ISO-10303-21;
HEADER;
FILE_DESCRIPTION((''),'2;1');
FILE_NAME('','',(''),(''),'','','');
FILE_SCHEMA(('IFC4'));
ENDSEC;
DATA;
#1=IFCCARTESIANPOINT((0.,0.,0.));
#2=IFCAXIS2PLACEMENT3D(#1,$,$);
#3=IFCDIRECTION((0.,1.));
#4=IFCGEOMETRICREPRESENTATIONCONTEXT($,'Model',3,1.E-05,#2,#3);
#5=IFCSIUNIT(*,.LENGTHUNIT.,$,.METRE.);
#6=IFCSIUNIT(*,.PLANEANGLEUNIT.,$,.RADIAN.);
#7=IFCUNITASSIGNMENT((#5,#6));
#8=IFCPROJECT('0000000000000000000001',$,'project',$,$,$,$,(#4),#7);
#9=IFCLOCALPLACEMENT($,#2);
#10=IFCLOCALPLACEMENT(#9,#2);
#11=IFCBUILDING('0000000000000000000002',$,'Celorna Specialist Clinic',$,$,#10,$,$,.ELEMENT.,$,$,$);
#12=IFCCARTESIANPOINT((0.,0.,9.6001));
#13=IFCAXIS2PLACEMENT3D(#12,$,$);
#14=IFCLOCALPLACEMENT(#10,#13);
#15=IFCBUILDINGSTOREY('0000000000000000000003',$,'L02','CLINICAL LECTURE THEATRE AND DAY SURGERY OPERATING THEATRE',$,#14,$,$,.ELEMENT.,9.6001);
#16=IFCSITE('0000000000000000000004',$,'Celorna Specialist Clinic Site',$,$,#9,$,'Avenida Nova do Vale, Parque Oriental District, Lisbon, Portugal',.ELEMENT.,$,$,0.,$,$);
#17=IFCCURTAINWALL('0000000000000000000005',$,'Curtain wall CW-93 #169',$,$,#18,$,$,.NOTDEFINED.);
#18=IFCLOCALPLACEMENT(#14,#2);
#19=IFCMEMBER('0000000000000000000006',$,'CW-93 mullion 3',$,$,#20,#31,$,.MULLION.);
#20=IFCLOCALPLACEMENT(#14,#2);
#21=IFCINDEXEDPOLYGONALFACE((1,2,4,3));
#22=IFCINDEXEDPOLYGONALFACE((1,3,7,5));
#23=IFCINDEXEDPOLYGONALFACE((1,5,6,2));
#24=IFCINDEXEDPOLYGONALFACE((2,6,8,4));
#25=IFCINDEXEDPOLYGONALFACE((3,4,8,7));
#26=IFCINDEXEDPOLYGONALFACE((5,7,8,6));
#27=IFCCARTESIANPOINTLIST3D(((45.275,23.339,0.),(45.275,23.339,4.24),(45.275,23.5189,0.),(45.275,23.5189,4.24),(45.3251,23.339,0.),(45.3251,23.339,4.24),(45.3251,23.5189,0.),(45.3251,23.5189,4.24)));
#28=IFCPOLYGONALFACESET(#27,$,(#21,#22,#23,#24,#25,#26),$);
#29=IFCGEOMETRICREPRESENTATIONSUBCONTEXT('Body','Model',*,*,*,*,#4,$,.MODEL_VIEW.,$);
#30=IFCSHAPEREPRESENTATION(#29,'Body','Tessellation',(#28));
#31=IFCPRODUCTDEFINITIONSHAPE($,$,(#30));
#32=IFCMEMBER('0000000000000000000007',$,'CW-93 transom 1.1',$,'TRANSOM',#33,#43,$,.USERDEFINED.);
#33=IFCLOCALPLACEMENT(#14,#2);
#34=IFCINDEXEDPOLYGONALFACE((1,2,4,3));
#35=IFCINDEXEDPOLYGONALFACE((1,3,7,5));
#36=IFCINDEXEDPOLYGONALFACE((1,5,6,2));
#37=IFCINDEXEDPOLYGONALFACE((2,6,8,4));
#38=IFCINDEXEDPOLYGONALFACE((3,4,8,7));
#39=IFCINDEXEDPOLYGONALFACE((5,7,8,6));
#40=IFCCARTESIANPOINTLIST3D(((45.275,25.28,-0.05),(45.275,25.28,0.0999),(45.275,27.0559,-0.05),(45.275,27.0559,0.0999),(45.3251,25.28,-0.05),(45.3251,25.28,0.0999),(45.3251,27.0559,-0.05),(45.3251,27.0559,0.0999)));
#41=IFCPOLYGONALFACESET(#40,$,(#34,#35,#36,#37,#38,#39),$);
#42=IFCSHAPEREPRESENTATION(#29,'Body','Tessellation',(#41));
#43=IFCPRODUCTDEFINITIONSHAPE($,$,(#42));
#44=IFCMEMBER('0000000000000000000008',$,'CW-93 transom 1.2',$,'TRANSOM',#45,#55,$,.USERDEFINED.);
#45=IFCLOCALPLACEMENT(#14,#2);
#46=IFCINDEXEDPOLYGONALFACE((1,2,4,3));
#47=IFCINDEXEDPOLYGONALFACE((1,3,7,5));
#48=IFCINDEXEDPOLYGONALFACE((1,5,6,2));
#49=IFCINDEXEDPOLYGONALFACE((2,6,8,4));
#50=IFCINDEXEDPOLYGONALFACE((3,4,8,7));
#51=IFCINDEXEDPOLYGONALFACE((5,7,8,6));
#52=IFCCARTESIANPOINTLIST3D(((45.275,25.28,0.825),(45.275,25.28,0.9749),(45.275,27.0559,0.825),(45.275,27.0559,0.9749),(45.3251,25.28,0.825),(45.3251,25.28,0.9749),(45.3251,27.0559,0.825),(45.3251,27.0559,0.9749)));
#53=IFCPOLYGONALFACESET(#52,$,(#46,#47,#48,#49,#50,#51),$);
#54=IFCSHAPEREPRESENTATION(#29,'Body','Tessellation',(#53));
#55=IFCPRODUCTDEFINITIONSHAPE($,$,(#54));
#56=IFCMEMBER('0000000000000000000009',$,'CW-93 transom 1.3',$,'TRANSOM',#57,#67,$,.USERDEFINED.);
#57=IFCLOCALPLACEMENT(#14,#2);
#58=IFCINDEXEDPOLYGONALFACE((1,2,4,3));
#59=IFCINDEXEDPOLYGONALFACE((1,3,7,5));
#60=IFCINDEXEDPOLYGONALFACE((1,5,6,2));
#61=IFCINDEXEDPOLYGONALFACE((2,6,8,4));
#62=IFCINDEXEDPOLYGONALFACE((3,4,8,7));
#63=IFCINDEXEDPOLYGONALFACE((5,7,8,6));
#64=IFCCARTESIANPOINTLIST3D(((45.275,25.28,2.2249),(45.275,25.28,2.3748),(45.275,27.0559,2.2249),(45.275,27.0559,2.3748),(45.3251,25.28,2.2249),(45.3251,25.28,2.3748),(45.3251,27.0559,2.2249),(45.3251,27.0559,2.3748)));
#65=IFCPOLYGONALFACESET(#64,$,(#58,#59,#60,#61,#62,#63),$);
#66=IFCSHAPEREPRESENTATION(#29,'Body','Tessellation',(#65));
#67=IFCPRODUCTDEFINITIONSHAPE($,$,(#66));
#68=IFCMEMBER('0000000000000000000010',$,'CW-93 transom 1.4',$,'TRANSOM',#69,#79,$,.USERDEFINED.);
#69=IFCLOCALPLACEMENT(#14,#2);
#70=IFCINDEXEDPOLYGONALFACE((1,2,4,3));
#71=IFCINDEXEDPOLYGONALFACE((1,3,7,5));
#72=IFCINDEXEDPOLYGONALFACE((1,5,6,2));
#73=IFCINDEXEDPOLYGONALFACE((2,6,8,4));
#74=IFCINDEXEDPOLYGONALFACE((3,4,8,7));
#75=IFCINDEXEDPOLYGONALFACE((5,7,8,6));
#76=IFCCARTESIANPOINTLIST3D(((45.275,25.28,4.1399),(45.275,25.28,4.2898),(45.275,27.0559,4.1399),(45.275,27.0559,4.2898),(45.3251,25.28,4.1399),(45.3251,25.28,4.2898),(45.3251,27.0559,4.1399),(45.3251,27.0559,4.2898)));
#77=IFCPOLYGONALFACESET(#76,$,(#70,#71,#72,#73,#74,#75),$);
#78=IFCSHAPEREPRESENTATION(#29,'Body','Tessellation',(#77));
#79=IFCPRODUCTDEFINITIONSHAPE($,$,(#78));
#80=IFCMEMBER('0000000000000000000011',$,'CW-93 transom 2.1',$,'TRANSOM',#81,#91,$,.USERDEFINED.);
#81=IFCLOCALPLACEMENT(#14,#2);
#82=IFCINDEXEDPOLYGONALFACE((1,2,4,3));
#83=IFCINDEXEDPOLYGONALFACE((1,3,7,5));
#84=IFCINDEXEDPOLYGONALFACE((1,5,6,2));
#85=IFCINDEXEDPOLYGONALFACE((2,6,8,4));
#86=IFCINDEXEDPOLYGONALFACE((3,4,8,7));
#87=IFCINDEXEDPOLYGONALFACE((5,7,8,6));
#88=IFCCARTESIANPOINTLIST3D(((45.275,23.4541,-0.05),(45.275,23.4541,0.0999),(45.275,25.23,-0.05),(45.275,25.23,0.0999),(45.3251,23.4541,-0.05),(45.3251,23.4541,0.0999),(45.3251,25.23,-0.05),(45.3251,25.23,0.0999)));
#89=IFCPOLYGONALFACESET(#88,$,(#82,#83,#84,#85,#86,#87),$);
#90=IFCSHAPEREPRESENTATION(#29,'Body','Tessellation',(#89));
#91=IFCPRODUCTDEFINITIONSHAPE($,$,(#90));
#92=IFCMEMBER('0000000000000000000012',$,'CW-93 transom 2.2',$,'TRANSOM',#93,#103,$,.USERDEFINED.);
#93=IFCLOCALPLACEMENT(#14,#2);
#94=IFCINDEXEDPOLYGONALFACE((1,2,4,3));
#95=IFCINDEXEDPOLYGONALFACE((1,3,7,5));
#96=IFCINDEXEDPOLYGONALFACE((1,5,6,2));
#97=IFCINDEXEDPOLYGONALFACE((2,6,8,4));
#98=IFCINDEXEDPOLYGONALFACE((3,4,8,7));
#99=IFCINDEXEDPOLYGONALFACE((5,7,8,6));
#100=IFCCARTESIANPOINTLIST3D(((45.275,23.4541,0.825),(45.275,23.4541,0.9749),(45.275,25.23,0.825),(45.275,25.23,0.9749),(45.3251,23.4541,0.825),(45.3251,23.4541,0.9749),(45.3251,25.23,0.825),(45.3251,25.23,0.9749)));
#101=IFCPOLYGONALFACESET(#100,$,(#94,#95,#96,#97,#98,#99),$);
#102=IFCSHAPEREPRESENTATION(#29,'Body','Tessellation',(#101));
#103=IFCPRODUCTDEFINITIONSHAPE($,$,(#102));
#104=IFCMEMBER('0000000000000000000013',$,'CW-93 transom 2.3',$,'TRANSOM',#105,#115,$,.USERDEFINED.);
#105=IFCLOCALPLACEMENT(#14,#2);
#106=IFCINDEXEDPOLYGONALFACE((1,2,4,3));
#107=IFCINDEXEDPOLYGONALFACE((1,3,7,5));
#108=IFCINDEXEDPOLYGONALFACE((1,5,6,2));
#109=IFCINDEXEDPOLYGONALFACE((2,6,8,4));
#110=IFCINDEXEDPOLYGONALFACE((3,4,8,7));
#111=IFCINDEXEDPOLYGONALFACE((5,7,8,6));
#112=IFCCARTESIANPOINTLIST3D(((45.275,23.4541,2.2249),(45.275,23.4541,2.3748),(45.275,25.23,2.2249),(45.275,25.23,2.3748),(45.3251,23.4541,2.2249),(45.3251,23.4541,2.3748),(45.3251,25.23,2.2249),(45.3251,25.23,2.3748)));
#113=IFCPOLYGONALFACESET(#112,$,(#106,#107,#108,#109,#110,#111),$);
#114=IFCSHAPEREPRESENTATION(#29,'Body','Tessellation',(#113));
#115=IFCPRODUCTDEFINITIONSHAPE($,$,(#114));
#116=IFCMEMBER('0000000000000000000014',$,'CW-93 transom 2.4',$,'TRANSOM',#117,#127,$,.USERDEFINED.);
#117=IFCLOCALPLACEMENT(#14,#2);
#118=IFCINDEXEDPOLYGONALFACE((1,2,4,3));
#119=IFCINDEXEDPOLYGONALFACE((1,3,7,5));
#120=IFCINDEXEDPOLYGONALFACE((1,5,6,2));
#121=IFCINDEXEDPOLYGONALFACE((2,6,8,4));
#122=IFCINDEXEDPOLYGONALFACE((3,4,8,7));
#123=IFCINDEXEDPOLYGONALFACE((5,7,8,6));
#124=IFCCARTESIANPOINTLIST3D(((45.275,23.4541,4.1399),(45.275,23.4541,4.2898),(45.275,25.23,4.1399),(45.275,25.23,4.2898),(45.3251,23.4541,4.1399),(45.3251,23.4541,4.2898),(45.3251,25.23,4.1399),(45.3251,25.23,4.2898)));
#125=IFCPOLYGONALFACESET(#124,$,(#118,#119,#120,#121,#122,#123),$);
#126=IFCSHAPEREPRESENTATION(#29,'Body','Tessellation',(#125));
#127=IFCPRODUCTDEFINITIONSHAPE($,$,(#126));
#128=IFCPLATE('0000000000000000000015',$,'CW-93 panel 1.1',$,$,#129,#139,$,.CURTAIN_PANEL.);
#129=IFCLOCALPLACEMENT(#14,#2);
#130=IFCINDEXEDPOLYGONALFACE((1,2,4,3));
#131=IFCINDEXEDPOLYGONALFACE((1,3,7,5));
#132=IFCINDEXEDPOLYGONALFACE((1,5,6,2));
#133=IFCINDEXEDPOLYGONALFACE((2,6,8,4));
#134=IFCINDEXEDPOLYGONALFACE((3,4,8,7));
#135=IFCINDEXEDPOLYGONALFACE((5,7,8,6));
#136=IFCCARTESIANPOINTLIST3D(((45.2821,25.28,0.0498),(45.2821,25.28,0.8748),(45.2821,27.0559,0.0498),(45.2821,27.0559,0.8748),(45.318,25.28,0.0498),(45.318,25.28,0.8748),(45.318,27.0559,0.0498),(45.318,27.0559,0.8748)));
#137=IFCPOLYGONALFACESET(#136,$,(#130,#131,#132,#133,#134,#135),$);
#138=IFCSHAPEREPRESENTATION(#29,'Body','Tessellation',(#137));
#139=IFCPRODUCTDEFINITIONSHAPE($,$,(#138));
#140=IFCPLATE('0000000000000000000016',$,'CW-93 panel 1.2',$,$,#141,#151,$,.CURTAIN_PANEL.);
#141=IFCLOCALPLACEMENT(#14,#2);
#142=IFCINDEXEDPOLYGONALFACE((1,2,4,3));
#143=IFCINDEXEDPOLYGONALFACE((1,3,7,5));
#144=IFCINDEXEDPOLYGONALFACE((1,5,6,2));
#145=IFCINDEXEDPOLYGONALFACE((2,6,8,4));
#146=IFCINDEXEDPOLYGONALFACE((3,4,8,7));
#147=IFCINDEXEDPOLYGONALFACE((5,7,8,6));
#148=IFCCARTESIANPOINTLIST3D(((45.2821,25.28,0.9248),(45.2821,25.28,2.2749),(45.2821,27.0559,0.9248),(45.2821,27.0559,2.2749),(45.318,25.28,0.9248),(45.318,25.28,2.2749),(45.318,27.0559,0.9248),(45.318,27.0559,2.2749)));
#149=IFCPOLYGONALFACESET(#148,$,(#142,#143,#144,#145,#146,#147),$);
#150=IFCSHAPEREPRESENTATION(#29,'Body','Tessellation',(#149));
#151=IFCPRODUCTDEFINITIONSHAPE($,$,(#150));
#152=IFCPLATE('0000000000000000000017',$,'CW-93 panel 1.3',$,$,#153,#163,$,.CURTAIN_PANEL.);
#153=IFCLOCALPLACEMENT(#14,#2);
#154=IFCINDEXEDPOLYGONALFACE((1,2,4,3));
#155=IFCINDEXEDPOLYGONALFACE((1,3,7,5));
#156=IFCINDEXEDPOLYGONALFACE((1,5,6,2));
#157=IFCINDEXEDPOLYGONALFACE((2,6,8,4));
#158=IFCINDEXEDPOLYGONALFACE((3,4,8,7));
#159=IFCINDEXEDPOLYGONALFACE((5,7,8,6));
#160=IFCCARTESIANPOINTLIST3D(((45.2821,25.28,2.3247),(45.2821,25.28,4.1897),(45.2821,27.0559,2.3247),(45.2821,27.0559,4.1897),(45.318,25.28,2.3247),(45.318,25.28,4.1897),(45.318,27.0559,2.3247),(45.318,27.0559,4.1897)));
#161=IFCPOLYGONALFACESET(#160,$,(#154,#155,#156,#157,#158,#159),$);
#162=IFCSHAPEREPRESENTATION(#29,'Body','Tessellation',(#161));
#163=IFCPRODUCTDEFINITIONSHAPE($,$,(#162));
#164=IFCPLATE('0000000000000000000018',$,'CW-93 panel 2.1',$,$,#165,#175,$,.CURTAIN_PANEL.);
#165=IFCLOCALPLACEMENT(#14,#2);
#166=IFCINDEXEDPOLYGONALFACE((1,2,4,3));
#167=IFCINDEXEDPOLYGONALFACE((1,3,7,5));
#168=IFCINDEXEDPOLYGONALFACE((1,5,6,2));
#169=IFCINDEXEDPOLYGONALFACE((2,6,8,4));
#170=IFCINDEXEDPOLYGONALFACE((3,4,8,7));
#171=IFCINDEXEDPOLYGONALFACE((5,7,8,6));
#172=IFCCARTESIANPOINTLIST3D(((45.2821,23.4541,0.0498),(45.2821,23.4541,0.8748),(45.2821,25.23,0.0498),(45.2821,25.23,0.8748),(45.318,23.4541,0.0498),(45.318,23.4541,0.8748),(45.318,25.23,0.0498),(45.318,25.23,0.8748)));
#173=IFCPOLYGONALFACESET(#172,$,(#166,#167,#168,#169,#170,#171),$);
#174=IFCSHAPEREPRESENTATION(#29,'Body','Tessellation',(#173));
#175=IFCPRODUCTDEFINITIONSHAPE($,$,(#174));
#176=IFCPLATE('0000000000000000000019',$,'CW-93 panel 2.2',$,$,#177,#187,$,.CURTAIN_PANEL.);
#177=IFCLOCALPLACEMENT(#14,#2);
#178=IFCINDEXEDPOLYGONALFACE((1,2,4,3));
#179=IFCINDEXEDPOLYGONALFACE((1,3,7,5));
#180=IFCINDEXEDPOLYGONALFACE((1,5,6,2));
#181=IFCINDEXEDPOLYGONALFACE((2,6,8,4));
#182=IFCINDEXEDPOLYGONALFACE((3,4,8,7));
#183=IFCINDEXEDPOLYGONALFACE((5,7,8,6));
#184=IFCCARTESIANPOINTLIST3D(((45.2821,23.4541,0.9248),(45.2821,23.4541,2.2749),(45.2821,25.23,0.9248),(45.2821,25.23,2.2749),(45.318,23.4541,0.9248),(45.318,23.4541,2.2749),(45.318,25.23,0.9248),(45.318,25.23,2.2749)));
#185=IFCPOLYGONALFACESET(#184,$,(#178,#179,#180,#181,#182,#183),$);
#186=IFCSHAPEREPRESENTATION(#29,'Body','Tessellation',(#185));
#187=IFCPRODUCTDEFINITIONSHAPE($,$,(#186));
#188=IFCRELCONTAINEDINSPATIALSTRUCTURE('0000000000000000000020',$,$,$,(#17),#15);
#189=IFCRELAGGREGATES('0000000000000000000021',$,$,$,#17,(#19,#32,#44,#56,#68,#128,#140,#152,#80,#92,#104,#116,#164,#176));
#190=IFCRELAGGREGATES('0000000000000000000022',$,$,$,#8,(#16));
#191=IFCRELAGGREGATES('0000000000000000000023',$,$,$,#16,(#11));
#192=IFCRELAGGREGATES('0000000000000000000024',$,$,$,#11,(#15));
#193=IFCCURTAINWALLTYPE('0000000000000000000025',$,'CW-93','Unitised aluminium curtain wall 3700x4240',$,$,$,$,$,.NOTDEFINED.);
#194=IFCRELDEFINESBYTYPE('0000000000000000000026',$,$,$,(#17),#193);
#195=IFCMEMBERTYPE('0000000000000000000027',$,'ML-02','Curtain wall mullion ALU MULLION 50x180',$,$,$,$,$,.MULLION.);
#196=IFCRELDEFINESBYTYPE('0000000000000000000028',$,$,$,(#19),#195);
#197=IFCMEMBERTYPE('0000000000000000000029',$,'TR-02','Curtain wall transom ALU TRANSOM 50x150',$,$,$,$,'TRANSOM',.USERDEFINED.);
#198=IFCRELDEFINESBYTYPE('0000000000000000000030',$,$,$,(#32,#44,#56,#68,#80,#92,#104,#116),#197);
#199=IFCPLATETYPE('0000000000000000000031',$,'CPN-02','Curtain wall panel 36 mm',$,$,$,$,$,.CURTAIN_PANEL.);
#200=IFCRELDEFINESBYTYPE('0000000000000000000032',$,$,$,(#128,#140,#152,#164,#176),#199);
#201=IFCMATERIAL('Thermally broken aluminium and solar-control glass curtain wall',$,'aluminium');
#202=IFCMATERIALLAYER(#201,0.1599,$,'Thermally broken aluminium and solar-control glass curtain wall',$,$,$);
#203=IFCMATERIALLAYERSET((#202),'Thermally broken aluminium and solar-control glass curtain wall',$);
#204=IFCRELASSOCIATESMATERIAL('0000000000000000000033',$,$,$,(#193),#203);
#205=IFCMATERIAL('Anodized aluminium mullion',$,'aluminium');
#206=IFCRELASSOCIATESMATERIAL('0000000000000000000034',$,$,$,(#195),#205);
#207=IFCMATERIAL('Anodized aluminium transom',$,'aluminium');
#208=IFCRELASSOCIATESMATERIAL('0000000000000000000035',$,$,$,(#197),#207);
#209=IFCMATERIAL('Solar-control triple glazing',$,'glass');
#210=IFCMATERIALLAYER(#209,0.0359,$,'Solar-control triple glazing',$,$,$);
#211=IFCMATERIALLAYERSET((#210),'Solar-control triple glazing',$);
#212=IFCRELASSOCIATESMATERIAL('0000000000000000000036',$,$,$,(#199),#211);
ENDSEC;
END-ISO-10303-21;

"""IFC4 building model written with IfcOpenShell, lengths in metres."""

from ifc_helpers import new_model, si_unit, direction, frame, origin, origin_2d, place, context, subcontext, project, spatial, rectangle, extrude, material, layer, layer_set, material_profile, profile_set, type_object, element, aggregate, save


model = new_model("IFC4")

# Units and contexts
model_context = context("Model", 3, precision=1e-05, world=origin(), true_north=direction((0.0, 1.0)))
body_context = subcontext(model_context, "Body", "Model", "MODEL_VIEW")
ifc_project = project(units=[si_unit("LENGTHUNIT", "METRE"), si_unit("PLANEANGLEUNIT", "RADIAN")], contexts=[model_context])

# Site, building, storey
site_placement = place(None, origin())
site = spatial("IfcSite", under=ifc_project, at=site_placement, Name="Celorna Specialist Clinic Site", LongName="Avenida Nova do Vale, Parque Oriental District, Lisbon, Portugal", CompositionType="ELEMENT", RefElevation=0.0)
building_placement = place(site_placement, origin())
building = spatial("IfcBuilding", under=site, at=building_placement, Name="Celorna Specialist Clinic", CompositionType="ELEMENT")
storey_placement = place(building_placement, frame((0.0, 0.0, 9.6001)))
storey = spatial("IfcBuildingStorey", under=building, at=storey_placement, Name="L02", Description="CLINICAL LECTURE THEATRE AND DAY SURGERY OPERATING THEATRE", CompositionType="ELEMENT", Elevation=9.6001)

# Curtain wall, members, plates
ifc_material_1 = material(Name="Thermally broken aluminium and solar-control glass curtain wall", Category="aluminium")
ifc_layer_1 = layer(ifc_material_1, 0.1599, Name="Thermally broken aluminium and solar-control glass curtain wall")
ifc_layer_set_1 = layer_set([ifc_layer_1], Name="Thermally broken aluminium and solar-control glass curtain wall")
curtain_wall_type = type_object("IfcCurtainWallType", Name="CW-93", Description="Unitised aluminium curtain wall 3700x4240", PredefinedType="NOTDEFINED", material=ifc_layer_set_1)
curtain_wall_placement = place(storey_placement, origin())
curtain_wall = element("IfcCurtainWall", 1, at=curtain_wall_placement, inside=storey, type_object=curtain_wall_type, Name="Curtain wall CW-93 #169", PredefinedType="NOTDEFINED")
ifc_material_2 = material(Name="Anodized aluminium mullion", Category="aluminium")
ifc_material_profile_1 = material_profile(ifc_material_2, rectangle(XDim=0.05, YDim=0.1799, at=origin_2d()), Name="ALU MULLION 50x180")
ifc_profile_set_1 = profile_set([ifc_material_profile_1], Name="Anodized aluminium mullion")
member_type_1 = type_object("IfcMemberType", Name="ML-02", Description="Curtain wall mullion ALU MULLION 50x180", PredefinedType="MULLION", material=ifc_profile_set_1)
member_1_placement = place(storey_placement, frame((45.3, 23.429, 0.0), z_axis=(0.0, 0.0, 1.0), x_axis=(1.0, 0.0, 0.0)))
member_1 = element("IfcMember", 2, at=member_1_placement, type_object=member_type_1, Name="CW-93 mullion 3", PredefinedType="MULLION", context=body_context, shape_type="SweptSolid", body=[
    extrude(rectangle(XDim=0.05, YDim=0.1799, at=origin_2d()), origin(), (0.0, 0.0, 1.0), 4.24),
])
ifc_material_3 = material(Name="Anodized aluminium transom", Category="aluminium")
ifc_material_profile_2 = material_profile(ifc_material_3, rectangle(XDim=0.05, YDim=0.1499, at=origin_2d()), Name="ALU TRANSOM 50x150")
ifc_profile_set_2 = profile_set([ifc_material_profile_2], Name="Anodized aluminium transom")
member_type_2 = type_object("IfcMemberType", Name="TR-02", Description="Curtain wall transom ALU TRANSOM 50x150", ElementType="TRANSOM", PredefinedType="USERDEFINED", material=ifc_profile_set_2)
member_2_placement = place(storey_placement, frame((45.3, 27.0559, 0.0249), z_axis=(0.0, -1.0, 0.0), x_axis=(1.0, 0.0, 0.0)))
member_2 = element("IfcMember", 3, at=member_2_placement, type_object=member_type_2, Name="CW-93 transom 1.1", ObjectType="TRANSOM", PredefinedType="USERDEFINED", context=body_context, shape_type="SweptSolid", body=[
    extrude(rectangle(XDim=0.05, YDim=0.1499, at=origin_2d()), origin(), (0.0, 0.0, 1.0), 1.7759),
])
member_3_placement = place(storey_placement, frame((45.3, 27.0559, 0.8999), z_axis=(0.0, -1.0, 0.0), x_axis=(1.0, 0.0, 0.0)))
member_3 = element("IfcMember", 4, at=member_3_placement, type_object=member_type_2, Name="CW-93 transom 1.2", ObjectType="TRANSOM", PredefinedType="USERDEFINED", context=body_context, shape_type="SweptSolid", body=[
    extrude(rectangle(XDim=0.05, YDim=0.1499, at=origin_2d()), origin(), (0.0, 0.0, 1.0), 1.7759),
])
member_4_placement = place(storey_placement, frame((45.3, 27.0559, 2.2998), z_axis=(0.0, -1.0, 0.0), x_axis=(1.0, 0.0, 0.0)))
member_4 = element("IfcMember", 5, at=member_4_placement, type_object=member_type_2, Name="CW-93 transom 1.3", ObjectType="TRANSOM", PredefinedType="USERDEFINED", context=body_context, shape_type="SweptSolid", body=[
    extrude(rectangle(XDim=0.05, YDim=0.1499, at=origin_2d()), origin(), (0.0, 0.0, 1.0), 1.7759),
])
member_5_placement = place(storey_placement, frame((45.3, 27.0559, 4.2148), z_axis=(0.0, -1.0, 0.0), x_axis=(1.0, 0.0, 0.0)))
member_5 = element("IfcMember", 6, at=member_5_placement, type_object=member_type_2, Name="CW-93 transom 1.4", ObjectType="TRANSOM", PredefinedType="USERDEFINED", context=body_context, shape_type="SweptSolid", body=[
    extrude(rectangle(XDim=0.05, YDim=0.1499, at=origin_2d()), origin(), (0.0, 0.0, 1.0), 1.7759),
])
member_6_placement = place(storey_placement, frame((45.3, 25.23, 0.0249), z_axis=(0.0, -1.0, 0.0), x_axis=(1.0, 0.0, 0.0)))
member_6 = element("IfcMember", 7, at=member_6_placement, type_object=member_type_2, Name="CW-93 transom 2.1", ObjectType="TRANSOM", PredefinedType="USERDEFINED", context=body_context, shape_type="SweptSolid", body=[
    extrude(rectangle(XDim=0.05, YDim=0.1499, at=origin_2d()), origin(), (0.0, 0.0, 1.0), 1.7759),
])
member_7_placement = place(storey_placement, frame((45.3, 25.23, 0.8999), z_axis=(0.0, -1.0, 0.0), x_axis=(1.0, 0.0, 0.0)))
member_7 = element("IfcMember", 8, at=member_7_placement, type_object=member_type_2, Name="CW-93 transom 2.2", ObjectType="TRANSOM", PredefinedType="USERDEFINED", context=body_context, shape_type="SweptSolid", body=[
    extrude(rectangle(XDim=0.05, YDim=0.1499, at=origin_2d()), origin(), (0.0, 0.0, 1.0), 1.7759),
])
member_8_placement = place(storey_placement, frame((45.3, 25.23, 2.2998), z_axis=(0.0, -1.0, 0.0), x_axis=(1.0, 0.0, 0.0)))
member_8 = element("IfcMember", 9, at=member_8_placement, type_object=member_type_2, Name="CW-93 transom 2.3", ObjectType="TRANSOM", PredefinedType="USERDEFINED", context=body_context, shape_type="SweptSolid", body=[
    extrude(rectangle(XDim=0.05, YDim=0.1499, at=origin_2d()), origin(), (0.0, 0.0, 1.0), 1.7759),
])
member_9_placement = place(storey_placement, frame((45.3, 25.23, 4.2148), z_axis=(0.0, -1.0, 0.0), x_axis=(1.0, 0.0, 0.0)))
member_9 = element("IfcMember", 10, at=member_9_placement, type_object=member_type_2, Name="CW-93 transom 2.4", ObjectType="TRANSOM", PredefinedType="USERDEFINED", context=body_context, shape_type="SweptSolid", body=[
    extrude(rectangle(XDim=0.05, YDim=0.1499, at=origin_2d()), origin(), (0.0, 0.0, 1.0), 1.7759),
])
ifc_material_4 = material(Name="Solar-control triple glazing", Category="glass")
ifc_layer_2 = layer(ifc_material_4, 0.0359, Name="Solar-control triple glazing")
ifc_layer_set_2 = layer_set([ifc_layer_2], Name="Solar-control triple glazing")
plate_type_1 = type_object("IfcPlateType", Name="CPN-02", Description="Curtain wall panel 36 mm", PredefinedType="CURTAIN_PANEL", material=ifc_layer_set_2)
plate_1_placement = place(storey_placement, frame((45.3, 26.168, 0.0498), z_axis=(0.0, 0.0, 1.0), x_axis=(0.0, -1.0, 0.0)))
plate_1 = element("IfcPlate", 11, at=plate_1_placement, type_object=plate_type_1, Name="CW-93 panel 1.1", PredefinedType="CURTAIN_PANEL", context=body_context, shape_type="SweptSolid", body=[
    extrude(rectangle(XDim=1.7759, YDim=0.0359, at=origin_2d()), origin(), (0.0, 0.0, 1.0), 0.825),
])
plate_2_placement = place(storey_placement, frame((45.3, 26.168, 0.9248), z_axis=(0.0, 0.0, 1.0), x_axis=(0.0, -1.0, 0.0)))
plate_2 = element("IfcPlate", 12, at=plate_2_placement, type_object=plate_type_1, Name="CW-93 panel 1.2", PredefinedType="CURTAIN_PANEL", context=body_context, shape_type="SweptSolid", body=[
    extrude(rectangle(XDim=1.7759, YDim=0.0359, at=origin_2d()), origin(), (0.0, 0.0, 1.0), 1.3501),
])
plate_3_placement = place(storey_placement, frame((45.3, 26.168, 2.3247), z_axis=(0.0, 0.0, 1.0), x_axis=(0.0, -1.0, 0.0)))
plate_3 = element("IfcPlate", 13, at=plate_3_placement, type_object=plate_type_1, Name="CW-93 panel 1.3", PredefinedType="CURTAIN_PANEL", context=body_context, shape_type="SweptSolid", body=[
    extrude(rectangle(XDim=1.7759, YDim=0.0359, at=origin_2d()), origin(), (0.0, 0.0, 1.0), 1.865),
])
plate_4_placement = place(storey_placement, frame((45.3, 24.342, 0.0498), z_axis=(0.0, 0.0, 1.0), x_axis=(0.0, -1.0, 0.0)))
plate_4 = element("IfcPlate", 14, at=plate_4_placement, type_object=plate_type_1, Name="CW-93 panel 2.1", PredefinedType="CURTAIN_PANEL", context=body_context, shape_type="SweptSolid", body=[
    extrude(rectangle(XDim=1.7759, YDim=0.0359, at=origin_2d()), origin(), (0.0, 0.0, 1.0), 0.825),
])
plate_5_placement = place(storey_placement, frame((45.3, 24.342, 0.9248), z_axis=(0.0, 0.0, 1.0), x_axis=(0.0, -1.0, 0.0)))
plate_5 = element("IfcPlate", 15, at=plate_5_placement, type_object=plate_type_1, Name="CW-93 panel 2.2", PredefinedType="CURTAIN_PANEL", context=body_context, shape_type="SweptSolid", body=[
    extrude(rectangle(XDim=1.7759, YDim=0.0359, at=origin_2d()), origin(), (0.0, 0.0, 1.0), 1.3501),
])
aggregate(curtain_wall, [member_1, member_2, member_3, member_4, member_5, plate_1, plate_2, plate_3, member_6, member_7, member_8, member_9, plate_4, plate_5])

save(model, "model.ifc")
